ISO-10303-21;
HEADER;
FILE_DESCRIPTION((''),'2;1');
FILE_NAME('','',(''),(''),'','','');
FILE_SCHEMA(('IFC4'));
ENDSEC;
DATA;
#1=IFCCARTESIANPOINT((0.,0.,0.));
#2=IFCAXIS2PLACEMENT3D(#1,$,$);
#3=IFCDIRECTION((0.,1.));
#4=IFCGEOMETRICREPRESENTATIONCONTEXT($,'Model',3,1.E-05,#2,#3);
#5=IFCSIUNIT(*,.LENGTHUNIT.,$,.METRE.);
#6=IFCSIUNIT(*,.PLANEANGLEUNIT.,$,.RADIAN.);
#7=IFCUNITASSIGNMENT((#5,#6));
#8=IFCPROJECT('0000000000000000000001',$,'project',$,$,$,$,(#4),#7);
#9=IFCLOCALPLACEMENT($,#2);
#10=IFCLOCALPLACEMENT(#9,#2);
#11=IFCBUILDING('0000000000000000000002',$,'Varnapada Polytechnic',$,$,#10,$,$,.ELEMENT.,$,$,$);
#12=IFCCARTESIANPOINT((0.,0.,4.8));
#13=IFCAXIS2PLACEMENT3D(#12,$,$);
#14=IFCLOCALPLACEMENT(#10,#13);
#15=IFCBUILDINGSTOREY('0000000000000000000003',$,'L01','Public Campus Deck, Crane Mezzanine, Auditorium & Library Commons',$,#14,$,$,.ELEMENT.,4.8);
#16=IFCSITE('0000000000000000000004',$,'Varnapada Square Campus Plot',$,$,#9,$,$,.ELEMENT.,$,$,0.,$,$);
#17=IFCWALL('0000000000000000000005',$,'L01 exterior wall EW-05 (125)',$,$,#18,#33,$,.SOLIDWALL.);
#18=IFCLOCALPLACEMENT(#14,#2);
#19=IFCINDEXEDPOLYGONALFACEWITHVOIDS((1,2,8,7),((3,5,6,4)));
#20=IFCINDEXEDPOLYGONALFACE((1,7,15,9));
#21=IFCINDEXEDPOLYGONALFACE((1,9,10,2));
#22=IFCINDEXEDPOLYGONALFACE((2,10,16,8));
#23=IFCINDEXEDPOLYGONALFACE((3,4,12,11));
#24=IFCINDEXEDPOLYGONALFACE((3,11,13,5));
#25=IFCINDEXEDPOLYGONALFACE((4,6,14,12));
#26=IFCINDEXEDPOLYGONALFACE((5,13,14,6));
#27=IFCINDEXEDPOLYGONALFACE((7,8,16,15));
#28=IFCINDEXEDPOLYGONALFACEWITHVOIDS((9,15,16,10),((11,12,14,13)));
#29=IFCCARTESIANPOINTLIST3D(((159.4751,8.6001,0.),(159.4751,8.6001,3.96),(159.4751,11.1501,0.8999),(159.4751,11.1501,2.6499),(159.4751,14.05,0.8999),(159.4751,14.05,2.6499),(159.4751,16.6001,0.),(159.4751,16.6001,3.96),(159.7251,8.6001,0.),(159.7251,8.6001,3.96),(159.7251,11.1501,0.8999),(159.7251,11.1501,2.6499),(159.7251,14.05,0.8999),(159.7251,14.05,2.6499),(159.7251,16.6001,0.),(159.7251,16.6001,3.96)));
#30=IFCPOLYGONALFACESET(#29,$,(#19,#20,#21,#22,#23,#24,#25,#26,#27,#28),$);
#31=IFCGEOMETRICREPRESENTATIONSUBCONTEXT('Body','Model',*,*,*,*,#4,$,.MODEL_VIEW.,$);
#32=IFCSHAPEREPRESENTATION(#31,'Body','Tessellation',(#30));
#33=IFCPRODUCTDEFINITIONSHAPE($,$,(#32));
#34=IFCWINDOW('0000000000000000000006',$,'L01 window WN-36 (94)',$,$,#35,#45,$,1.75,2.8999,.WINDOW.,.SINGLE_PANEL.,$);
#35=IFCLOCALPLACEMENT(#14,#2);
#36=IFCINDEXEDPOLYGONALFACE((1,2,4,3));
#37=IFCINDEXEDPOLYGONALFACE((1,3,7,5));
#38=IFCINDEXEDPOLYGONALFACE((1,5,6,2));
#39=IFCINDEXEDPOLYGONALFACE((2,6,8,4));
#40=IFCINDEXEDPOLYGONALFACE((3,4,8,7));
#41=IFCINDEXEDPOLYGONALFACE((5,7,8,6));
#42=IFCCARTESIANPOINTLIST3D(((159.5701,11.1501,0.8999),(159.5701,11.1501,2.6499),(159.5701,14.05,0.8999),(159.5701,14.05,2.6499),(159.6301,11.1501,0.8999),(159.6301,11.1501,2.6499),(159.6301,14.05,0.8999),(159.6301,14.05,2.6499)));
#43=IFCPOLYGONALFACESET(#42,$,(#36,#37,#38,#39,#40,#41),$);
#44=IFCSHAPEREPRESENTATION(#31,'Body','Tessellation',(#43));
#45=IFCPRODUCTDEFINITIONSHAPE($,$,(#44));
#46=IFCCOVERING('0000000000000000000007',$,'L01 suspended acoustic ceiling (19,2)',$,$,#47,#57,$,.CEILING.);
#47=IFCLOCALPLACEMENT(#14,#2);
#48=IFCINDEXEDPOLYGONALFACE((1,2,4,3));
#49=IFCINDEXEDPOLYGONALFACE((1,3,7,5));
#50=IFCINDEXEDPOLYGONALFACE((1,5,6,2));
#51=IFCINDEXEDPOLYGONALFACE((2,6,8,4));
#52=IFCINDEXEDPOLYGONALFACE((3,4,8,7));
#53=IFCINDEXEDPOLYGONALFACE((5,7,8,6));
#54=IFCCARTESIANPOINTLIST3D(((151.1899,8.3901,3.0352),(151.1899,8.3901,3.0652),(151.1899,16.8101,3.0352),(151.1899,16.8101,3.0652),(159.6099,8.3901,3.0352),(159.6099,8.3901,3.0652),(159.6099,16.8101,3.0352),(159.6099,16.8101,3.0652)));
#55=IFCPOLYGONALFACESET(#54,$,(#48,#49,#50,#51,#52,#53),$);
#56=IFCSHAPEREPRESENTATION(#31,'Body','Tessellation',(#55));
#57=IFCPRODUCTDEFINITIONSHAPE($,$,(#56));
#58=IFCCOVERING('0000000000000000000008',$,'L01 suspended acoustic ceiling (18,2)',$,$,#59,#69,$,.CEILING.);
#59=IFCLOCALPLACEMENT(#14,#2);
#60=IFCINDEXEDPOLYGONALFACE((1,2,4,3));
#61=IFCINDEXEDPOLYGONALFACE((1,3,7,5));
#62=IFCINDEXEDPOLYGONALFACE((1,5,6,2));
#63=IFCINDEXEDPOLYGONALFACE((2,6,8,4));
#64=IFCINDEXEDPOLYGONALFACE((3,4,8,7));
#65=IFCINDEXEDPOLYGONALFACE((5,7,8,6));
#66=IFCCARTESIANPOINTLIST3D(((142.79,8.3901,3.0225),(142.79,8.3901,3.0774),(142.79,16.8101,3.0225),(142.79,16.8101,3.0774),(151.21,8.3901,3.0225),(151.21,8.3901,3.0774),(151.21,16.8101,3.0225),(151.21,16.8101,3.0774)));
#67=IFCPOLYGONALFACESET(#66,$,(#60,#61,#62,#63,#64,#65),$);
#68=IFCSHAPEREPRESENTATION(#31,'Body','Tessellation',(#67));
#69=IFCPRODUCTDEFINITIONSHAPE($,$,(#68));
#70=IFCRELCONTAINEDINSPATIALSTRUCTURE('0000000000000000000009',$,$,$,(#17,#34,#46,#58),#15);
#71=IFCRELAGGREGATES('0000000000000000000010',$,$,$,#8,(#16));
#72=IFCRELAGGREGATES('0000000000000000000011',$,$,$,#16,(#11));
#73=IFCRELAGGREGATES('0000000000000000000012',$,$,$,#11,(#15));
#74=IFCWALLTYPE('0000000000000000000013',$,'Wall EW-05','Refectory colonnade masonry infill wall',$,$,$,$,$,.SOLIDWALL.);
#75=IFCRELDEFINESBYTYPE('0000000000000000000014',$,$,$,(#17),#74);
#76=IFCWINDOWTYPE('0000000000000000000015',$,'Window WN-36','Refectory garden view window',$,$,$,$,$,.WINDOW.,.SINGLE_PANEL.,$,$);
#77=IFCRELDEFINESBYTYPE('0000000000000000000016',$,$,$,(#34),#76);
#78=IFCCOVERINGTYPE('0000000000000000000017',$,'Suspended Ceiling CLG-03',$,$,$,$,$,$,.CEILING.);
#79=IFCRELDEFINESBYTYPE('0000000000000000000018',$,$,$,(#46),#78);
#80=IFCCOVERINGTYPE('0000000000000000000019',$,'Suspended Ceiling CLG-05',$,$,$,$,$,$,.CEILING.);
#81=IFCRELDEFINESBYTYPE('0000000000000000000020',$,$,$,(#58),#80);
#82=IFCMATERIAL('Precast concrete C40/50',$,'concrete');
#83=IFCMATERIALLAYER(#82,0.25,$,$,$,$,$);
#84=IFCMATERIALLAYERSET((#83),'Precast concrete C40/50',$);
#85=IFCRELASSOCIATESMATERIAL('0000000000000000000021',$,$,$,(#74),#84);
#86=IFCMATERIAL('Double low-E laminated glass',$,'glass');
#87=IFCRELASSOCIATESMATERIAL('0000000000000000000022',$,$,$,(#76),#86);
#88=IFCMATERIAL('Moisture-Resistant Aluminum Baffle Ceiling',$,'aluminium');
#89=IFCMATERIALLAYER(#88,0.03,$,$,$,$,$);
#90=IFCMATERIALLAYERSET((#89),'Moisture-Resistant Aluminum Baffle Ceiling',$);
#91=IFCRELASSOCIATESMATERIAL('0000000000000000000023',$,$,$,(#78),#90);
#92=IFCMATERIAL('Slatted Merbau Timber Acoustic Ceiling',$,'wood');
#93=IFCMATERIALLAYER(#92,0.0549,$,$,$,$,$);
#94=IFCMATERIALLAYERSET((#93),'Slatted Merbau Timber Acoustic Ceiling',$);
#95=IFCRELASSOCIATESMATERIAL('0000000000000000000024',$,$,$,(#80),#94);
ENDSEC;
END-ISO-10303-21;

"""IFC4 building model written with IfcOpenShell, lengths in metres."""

from ifc_helpers import new_model, si_unit, direction, frame, frame_2d, origin, origin_2d, place, context, subcontext, project, spatial, rectangle, extrude, material, layer, layer_set, type_object, element, fill, save


model = new_model("IFC4")

# Units and contexts
model_context = context("Model", 3, precision=1e-05, world=origin(), true_north=direction((0.0, 1.0)))
body_context = subcontext(model_context, "Body", "Model", "MODEL_VIEW")
ifc_project = project(units=[si_unit("LENGTHUNIT", "METRE"), si_unit("PLANEANGLEUNIT", "RADIAN")], contexts=[model_context])

# Site, building, storey
site_placement = place(None, origin())
site = spatial("IfcSite", under=ifc_project, at=site_placement, Name="Varnapada Square Campus Plot", CompositionType="ELEMENT", RefElevation=0.0)
building_placement = place(site_placement, origin())
building = spatial("IfcBuilding", under=site, at=building_placement, Name="Varnapada Polytechnic", CompositionType="ELEMENT")
storey_placement = place(building_placement, frame((0.0, 0.0, 4.8)))
storey = spatial("IfcBuildingStorey", under=building, at=storey_placement, Name="L01", Description="Public Campus Deck, Crane Mezzanine, Auditorium & Library Commons", CompositionType="ELEMENT", Elevation=4.8)

# Shared definitions
ifc_material_1 = material(Name="Double low-E laminated glass", Category="glass")

# Wall, opening, window
ifc_material_2 = material(Name="Precast concrete C40/50", Category="concrete")
ifc_layer_1 = layer(ifc_material_2, 0.25)
ifc_layer_set_1 = layer_set([ifc_layer_1], Name="Precast concrete C40/50")
wall_type_1 = type_object("IfcWallType", Name="Wall EW-05", Description="Refectory colonnade masonry infill wall", PredefinedType="SOLIDWALL", material=ifc_layer_set_1)
wall_1_placement = place(storey_placement, frame((159.6001, 16.6001, 0.0), z_axis=(0.0, 0.0, 1.0), x_axis=(0.0, -1.0, 0.0)))
wall_1 = element("IfcWall", 1, at=wall_1_placement, inside=storey, type_object=wall_type_1, Name="L01 exterior wall EW-05 (125)", PredefinedType="SOLIDWALL", context=body_context, shape_type="SweptSolid", body=[
    extrude(rectangle(XDim=8.0, YDim=0.25, at=frame_2d((4.0, 0.0))), origin(), (0.0, 0.0, 1.0), 3.96),
])
opening_1_placement = place(wall_1_placement, frame((2.55, 0.0, 0.8999)))
opening_1 = element("IfcOpeningElement", 2, at=opening_1_placement, cuts=wall_1, PredefinedType="OPENING", context=body_context, shape_type="SweptSolid", body=[
    extrude(rectangle(XDim=2.8999, YDim=1.75, at=frame_2d((1.45, 0.875))), frame((0.0, 0.135, 0.0), z_axis=(0.0, -1.0, 0.0), x_axis=(1.0, 0.0, 0.0)), (0.0, 0.0, 1.0), 0.27),
])
window_type = type_object("IfcWindowType", Name="Window WN-36", Description="Refectory garden view window", PartitioningType="SINGLE_PANEL", PredefinedType="WINDOW", material=ifc_material_1)
window_placement = place(opening_1_placement, origin())
window = element("IfcWindow", 3, at=window_placement, inside=storey, type_object=window_type, Name="L01 window WN-36 (94)", OverallHeight=1.75, OverallWidth=2.8999, PartitioningType="SINGLE_PANEL", PredefinedType="WINDOW", context=body_context, shape_type="SweptSolid", body=[
    extrude(rectangle(XDim=2.8999, YDim=1.75, at=frame_2d((1.45, 0.875))), frame((0.0, 0.03, 0.0), z_axis=(0.0, -1.0, 0.0), x_axis=(1.0, 0.0, 0.0)), (0.0, 0.0, 1.0), 0.0601),
])
fill(opening_1, window)

# Coverings
ifc_material_3 = material(Name="Moisture-Resistant Aluminum Baffle Ceiling", Category="aluminium")
ifc_layer_2 = layer(ifc_material_3, 0.03)
ifc_layer_set_2 = layer_set([ifc_layer_2], Name="Moisture-Resistant Aluminum Baffle Ceiling")
covering_type_1 = type_object("IfcCoveringType", Name="Suspended Ceiling CLG-03", PredefinedType="CEILING", material=ifc_layer_set_2)
covering_1_placement = place(storey_placement, frame((155.3999, 12.6001, 3.0352), z_axis=(0.0, 0.0, 1.0), x_axis=(1.0, 0.0, 0.0)))
element("IfcCovering", 4, at=covering_1_placement, inside=storey, type_object=covering_type_1, Name="L01 suspended acoustic ceiling (19,2)", PredefinedType="CEILING", context=body_context, shape_type="SweptSolid", body=[
    extrude(rectangle(XDim=8.4199, YDim=8.4199, at=origin_2d()), origin(), (0.0, 0.0, 1.0), 0.03),
])
ifc_material_4 = material(Name="Slatted Merbau Timber Acoustic Ceiling", Category="wood")
ifc_layer_3 = layer(ifc_material_4, 0.0549)
ifc_layer_set_3 = layer_set([ifc_layer_3], Name="Slatted Merbau Timber Acoustic Ceiling")
covering_type_2 = type_object("IfcCoveringType", Name="Suspended Ceiling CLG-05", PredefinedType="CEILING", material=ifc_layer_set_3)
covering_2_placement = place(storey_placement, frame((147.0, 12.6001, 3.0225), z_axis=(0.0, 0.0, 1.0), x_axis=(1.0, 0.0, 0.0)))
element("IfcCovering", 5, at=covering_2_placement, inside=storey, type_object=covering_type_2, Name="L01 suspended acoustic ceiling (18,2)", PredefinedType="CEILING", context=body_context, shape_type="SweptSolid", body=[
    extrude(rectangle(XDim=8.4199, YDim=8.4199, at=origin_2d()), origin(), (0.0, 0.0, 1.0), 0.0549),
])

save(model, "model.ifc")
